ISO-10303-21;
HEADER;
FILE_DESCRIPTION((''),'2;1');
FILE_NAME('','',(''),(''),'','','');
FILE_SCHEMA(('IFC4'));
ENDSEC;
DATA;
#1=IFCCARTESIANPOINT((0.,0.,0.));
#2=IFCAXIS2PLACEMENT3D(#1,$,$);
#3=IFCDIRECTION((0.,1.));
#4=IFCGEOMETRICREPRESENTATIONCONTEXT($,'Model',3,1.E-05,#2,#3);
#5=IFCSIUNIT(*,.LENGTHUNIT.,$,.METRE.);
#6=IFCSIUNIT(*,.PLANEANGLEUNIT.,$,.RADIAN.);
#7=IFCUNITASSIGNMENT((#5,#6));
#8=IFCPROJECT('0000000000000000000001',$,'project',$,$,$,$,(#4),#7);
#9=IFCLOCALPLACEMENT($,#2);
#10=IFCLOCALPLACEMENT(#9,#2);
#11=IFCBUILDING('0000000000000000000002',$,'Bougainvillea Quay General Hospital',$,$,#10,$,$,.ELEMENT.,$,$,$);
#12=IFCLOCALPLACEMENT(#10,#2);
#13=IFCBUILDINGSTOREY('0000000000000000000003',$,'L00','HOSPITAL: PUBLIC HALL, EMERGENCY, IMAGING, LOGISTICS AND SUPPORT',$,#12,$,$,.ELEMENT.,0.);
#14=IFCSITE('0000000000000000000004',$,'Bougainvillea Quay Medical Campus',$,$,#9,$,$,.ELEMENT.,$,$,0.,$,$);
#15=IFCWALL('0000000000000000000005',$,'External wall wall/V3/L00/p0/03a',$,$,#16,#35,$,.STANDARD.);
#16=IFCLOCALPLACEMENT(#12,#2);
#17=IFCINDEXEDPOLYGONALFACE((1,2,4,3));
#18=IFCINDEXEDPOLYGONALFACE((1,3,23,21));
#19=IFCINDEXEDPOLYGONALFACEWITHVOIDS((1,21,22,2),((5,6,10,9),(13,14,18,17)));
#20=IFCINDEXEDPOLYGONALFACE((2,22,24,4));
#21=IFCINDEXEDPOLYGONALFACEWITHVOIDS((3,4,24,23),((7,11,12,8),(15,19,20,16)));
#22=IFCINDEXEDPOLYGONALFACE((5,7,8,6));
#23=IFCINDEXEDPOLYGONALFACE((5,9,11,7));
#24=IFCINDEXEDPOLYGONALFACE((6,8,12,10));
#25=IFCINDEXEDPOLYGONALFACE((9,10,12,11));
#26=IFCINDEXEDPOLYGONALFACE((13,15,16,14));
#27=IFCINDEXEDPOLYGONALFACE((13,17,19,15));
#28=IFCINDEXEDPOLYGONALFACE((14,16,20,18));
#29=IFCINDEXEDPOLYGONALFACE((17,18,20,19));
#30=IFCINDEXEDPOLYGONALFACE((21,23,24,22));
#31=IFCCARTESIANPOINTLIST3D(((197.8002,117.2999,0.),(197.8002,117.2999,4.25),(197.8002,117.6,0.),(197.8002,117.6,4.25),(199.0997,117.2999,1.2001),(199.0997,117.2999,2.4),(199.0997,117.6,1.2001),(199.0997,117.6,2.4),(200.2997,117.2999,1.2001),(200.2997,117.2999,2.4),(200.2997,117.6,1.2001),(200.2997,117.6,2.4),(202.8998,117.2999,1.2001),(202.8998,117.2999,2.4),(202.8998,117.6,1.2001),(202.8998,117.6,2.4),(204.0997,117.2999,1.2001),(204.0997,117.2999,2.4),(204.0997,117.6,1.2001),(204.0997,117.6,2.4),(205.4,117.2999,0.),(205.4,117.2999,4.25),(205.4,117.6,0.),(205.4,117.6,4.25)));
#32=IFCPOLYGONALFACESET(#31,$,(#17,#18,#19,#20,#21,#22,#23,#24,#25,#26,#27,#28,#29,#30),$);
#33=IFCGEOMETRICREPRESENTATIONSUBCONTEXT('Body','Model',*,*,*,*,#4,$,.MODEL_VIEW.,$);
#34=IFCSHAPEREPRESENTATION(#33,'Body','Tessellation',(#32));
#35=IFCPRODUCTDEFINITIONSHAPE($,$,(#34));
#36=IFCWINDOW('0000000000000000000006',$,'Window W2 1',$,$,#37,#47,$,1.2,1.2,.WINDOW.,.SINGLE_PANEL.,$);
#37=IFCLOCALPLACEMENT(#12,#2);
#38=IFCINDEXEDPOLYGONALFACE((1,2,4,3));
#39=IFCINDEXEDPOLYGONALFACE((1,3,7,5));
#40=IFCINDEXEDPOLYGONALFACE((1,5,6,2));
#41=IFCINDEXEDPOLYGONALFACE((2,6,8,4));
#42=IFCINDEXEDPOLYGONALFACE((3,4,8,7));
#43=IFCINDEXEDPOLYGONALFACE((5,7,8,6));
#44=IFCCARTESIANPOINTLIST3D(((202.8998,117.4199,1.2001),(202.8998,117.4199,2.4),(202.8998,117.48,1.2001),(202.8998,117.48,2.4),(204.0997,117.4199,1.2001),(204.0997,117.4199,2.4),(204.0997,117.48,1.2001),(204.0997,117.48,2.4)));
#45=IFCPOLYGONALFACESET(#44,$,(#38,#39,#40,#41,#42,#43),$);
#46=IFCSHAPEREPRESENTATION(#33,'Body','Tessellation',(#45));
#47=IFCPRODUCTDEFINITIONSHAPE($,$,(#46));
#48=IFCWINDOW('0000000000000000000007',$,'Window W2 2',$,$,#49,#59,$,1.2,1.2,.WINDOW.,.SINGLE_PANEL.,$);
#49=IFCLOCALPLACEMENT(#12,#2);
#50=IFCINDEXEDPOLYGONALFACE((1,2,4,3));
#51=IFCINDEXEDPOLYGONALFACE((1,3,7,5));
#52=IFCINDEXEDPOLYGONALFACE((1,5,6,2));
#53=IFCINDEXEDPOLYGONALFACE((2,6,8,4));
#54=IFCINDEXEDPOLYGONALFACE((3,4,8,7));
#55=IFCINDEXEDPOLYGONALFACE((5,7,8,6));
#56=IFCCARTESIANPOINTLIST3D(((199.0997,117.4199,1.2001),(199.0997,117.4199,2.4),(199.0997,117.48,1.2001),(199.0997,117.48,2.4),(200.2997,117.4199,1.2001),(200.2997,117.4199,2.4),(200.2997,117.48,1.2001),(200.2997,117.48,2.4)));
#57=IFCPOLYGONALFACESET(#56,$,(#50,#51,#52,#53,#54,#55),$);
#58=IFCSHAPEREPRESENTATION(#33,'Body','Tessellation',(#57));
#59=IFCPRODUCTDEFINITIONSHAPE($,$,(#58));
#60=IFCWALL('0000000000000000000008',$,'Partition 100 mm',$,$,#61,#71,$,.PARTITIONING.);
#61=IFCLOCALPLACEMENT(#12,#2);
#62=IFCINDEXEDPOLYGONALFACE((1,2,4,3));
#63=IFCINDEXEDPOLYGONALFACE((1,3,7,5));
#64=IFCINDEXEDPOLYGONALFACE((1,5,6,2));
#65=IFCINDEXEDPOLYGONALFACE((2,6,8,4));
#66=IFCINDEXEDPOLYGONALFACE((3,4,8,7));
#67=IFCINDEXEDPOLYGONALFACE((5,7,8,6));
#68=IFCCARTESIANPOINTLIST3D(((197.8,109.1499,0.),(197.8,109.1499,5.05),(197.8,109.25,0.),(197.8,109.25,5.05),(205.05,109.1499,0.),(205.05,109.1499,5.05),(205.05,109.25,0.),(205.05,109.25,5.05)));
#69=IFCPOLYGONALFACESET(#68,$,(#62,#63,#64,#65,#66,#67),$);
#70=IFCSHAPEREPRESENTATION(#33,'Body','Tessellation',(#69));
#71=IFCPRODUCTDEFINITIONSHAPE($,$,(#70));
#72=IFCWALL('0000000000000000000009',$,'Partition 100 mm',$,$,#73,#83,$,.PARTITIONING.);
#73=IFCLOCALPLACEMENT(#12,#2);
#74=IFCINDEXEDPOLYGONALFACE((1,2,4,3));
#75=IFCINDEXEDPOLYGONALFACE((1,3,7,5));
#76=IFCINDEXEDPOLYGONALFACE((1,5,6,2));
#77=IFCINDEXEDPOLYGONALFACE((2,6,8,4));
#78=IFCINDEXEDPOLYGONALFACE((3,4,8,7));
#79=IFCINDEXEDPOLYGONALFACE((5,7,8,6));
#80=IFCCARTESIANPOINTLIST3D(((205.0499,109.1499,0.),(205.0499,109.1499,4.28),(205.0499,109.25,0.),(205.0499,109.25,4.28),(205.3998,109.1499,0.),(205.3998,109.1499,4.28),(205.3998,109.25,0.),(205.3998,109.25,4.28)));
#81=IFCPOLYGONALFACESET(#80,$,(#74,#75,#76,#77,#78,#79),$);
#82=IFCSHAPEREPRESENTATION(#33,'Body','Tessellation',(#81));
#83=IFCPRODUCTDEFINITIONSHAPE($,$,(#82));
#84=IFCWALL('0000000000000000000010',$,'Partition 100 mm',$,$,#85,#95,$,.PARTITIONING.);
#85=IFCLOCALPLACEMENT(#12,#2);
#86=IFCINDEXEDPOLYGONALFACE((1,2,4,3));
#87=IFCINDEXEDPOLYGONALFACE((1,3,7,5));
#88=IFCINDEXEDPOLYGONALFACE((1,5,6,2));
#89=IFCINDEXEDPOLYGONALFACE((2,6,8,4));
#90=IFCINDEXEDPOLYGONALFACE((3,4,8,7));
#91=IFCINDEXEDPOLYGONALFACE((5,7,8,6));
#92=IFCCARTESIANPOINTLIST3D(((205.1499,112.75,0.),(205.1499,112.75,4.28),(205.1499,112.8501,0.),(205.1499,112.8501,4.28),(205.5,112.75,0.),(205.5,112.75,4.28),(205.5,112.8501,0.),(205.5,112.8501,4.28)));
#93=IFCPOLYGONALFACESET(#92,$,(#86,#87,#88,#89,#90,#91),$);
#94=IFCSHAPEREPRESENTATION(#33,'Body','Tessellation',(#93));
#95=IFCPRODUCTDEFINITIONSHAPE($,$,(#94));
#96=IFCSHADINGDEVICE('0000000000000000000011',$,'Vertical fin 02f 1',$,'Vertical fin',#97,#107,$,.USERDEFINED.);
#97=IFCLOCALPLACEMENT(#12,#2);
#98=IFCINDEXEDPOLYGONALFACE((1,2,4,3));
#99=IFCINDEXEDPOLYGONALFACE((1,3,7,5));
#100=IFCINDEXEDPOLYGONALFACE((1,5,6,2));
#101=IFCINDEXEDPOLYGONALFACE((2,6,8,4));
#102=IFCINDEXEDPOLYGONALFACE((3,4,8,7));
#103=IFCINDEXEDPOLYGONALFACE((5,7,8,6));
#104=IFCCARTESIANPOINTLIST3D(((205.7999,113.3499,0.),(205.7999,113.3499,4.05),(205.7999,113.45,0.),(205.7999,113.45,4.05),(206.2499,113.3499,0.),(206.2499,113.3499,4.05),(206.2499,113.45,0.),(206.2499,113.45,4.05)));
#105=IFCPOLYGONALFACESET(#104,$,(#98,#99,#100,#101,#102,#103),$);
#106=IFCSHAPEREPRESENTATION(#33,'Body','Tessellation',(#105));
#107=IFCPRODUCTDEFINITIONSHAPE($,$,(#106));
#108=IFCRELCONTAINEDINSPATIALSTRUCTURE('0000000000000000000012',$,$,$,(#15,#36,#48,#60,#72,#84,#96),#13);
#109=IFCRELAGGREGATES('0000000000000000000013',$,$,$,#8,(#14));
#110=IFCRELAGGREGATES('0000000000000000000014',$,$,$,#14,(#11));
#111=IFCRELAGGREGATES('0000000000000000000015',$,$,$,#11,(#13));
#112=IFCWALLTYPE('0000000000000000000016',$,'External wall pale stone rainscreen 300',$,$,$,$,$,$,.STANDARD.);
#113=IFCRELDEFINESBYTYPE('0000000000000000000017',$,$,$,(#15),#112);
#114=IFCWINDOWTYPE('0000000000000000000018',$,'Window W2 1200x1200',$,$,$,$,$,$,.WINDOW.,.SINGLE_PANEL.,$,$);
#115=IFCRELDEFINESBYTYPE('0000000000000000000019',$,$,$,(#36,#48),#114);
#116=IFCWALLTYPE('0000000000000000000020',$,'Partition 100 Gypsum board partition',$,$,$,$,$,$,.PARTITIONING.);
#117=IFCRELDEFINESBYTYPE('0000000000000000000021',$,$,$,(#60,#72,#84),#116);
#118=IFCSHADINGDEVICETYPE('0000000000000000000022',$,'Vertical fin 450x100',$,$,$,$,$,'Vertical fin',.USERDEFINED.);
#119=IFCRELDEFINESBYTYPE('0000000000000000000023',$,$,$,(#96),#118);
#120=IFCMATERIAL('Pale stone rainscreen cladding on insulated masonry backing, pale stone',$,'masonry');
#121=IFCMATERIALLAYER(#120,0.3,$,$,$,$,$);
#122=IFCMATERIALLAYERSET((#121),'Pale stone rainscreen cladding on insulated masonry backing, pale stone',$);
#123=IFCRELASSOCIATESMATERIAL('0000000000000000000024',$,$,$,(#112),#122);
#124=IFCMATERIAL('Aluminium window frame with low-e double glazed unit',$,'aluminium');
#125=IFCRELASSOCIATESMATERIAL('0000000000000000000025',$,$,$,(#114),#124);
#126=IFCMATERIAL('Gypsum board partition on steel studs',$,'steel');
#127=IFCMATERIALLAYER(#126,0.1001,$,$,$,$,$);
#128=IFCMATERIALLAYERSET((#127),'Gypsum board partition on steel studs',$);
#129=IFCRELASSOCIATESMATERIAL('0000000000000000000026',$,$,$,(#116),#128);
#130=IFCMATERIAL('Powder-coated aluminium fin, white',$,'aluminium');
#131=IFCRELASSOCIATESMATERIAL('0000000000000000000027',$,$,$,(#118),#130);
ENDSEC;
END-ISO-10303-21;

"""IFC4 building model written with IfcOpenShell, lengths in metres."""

from ifc_helpers import new_model, si_unit, direction, frame, frame_2d, origin, origin_2d, place, context, subcontext, project, spatial, rectangle, extrude, material, layer, layer_set, material_profile, profile_set, type_object, element, fill, save


model = new_model("IFC4")

# Units and contexts
model_context = context("Model", 3, precision=1e-05, world=origin(), true_north=direction((0.0, 1.0)))
body_context = subcontext(model_context, "Body", "Model", "MODEL_VIEW")
ifc_project = project(units=[si_unit("LENGTHUNIT", "METRE"), si_unit("PLANEANGLEUNIT", "RADIAN")], contexts=[model_context])

# Site, building, storey
site_placement = place(None, origin())
site = spatial("IfcSite", under=ifc_project, at=site_placement, Name="Bougainvillea Quay Medical Campus", CompositionType="ELEMENT", RefElevation=0.0)
building_placement = place(site_placement, origin())
building = spatial("IfcBuilding", under=site, at=building_placement, Name="Bougainvillea Quay General Hospital", CompositionType="ELEMENT")
storey_placement = place(building_placement, origin())
storey = spatial("IfcBuildingStorey", under=building, at=storey_placement, Name="L00", Description="HOSPITAL: PUBLIC HALL, EMERGENCY, IMAGING, LOGISTICS AND SUPPORT", CompositionType="ELEMENT", Elevation=0.0)

# Wall, openings, windows
ifc_material_1 = material(Name="Pale stone rainscreen cladding on insulated masonry backing, pale stone", Category="masonry")
ifc_layer_1 = layer(ifc_material_1, 0.3)
ifc_layer_set_1 = layer_set([ifc_layer_1], Name="Pale stone rainscreen cladding on insulated masonry backing, pale stone")
wall_type_1 = type_object("IfcWallType", Name="External wall pale stone rainscreen 300", PredefinedType="STANDARD", material=ifc_layer_set_1)
ifc_material_2 = material(Name="Aluminium window frame with low-e double glazed unit", Category="aluminium")
window_type = type_object("IfcWindowType", Name="Window W2 1200x1200", PartitioningType="SINGLE_PANEL", PredefinedType="WINDOW", material=ifc_material_2)
wall_1_placement = place(storey_placement, frame((205.3999, 117.45, 0.0), z_axis=(0.0, 0.0, 1.0), x_axis=(-1.0, 0.0, 0.0)))
wall_1 = element("IfcWall", 1, at=wall_1_placement, inside=storey, type_object=wall_type_1, Name="External wall wall/V3/L00/p0/03a", PredefinedType="STANDARD", context=body_context, shape_type="SweptSolid", body=[
    extrude(rectangle(XDim=7.5999, YDim=0.3, at=frame_2d((3.7998, 0.0))), origin(), (0.0, 0.0, 1.0), 4.25),
])
opening_1_placement = place(wall_1_placement, frame((1.3, 0.0, 1.2)))
opening_1 = element("IfcOpeningElement", 2, at=opening_1_placement, cuts=wall_1, PredefinedType="OPENING", context=body_context, shape_type="SweptSolid", body=[
    extrude(rectangle(XDim=1.2, YDim=1.2, at=frame_2d((0.6001, 0.6001))), frame((0.0, 0.1599, 0.0), z_axis=(0.0, -1.0, 0.0), x_axis=(1.0, 0.0, 0.0)), (0.0, 0.0, 1.0), 0.3201),
])
opening_2_placement = place(wall_1_placement, frame((5.1001, 0.0, 1.2)))
opening_2 = element("IfcOpeningElement", 3, at=opening_2_placement, cuts=wall_1, PredefinedType="OPENING", context=body_context, shape_type="SweptSolid", body=[
    extrude(rectangle(XDim=1.2, YDim=1.2, at=frame_2d((0.6001, 0.6001))), frame((0.0, 0.1599, 0.0), z_axis=(0.0, -1.0, 0.0), x_axis=(1.0, 0.0, 0.0)), (0.0, 0.0, 1.0), 0.3201),
])
window_1_placement = place(opening_1_placement, origin())
window_1 = element("IfcWindow", 4, at=window_1_placement, inside=storey, type_object=window_type, Name="Window W2 1", OverallHeight=1.2, OverallWidth=1.2, PartitioningType="SINGLE_PANEL", PredefinedType="WINDOW", context=body_context, shape_type="SweptSolid", body=[
    extrude(rectangle(XDim=1.2, YDim=1.2, at=frame_2d((0.6001, 0.6001))), frame((0.0, 0.03, 0.0), z_axis=(0.0, -1.0, 0.0), x_axis=(1.0, 0.0, 0.0)), (0.0, 0.0, 1.0), 0.0601),
])
fill(opening_1, window_1)
window_2_placement = place(opening_2_placement, origin())
window_2 = element("IfcWindow", 5, at=window_2_placement, inside=storey, type_object=window_type, Name="Window W2 2", OverallHeight=1.2, OverallWidth=1.2, PartitioningType="SINGLE_PANEL", PredefinedType="WINDOW", context=body_context, shape_type="SweptSolid", body=[
    extrude(rectangle(XDim=1.2, YDim=1.2, at=frame_2d((0.6001, 0.6001))), frame((0.0, 0.03, 0.0), z_axis=(0.0, -1.0, 0.0), x_axis=(1.0, 0.0, 0.0)), (0.0, 0.0, 1.0), 0.0601),
])
fill(opening_2, window_2)

# Walls
ifc_material_3 = material(Name="Gypsum board partition on steel studs", Category="steel")
ifc_layer_2 = layer(ifc_material_3, 0.1001)
ifc_layer_set_2 = layer_set([ifc_layer_2], Name="Gypsum board partition on steel studs")
wall_type_2 = type_object("IfcWallType", Name="Partition 100 Gypsum board partition", PredefinedType="PARTITIONING", material=ifc_layer_set_2)
wall_2_placement = place(storey_placement, frame((197.8, 109.2, 0.0), z_axis=(0.0, 0.0, 1.0), x_axis=(1.0, 0.0, 0.0)))
element("IfcWall", 6, at=wall_2_placement, inside=storey, type_object=wall_type_2, Name="Partition 100 mm", PredefinedType="PARTITIONING", context=body_context, shape_type="SweptSolid", body=[
    extrude(rectangle(XDim=7.25, YDim=0.1001, at=frame_2d((3.625, 0.0))), origin(), (0.0, 0.0, 1.0), 5.05),
])
wall_3_placement = place(storey_placement, frame((205.05, 109.2, 0.0), z_axis=(0.0, 0.0, 1.0), x_axis=(1.0, 0.0, 0.0)))
element("IfcWall", 7, at=wall_3_placement, inside=storey, type_object=wall_type_2, Name="Partition 100 mm", PredefinedType="PARTITIONING", context=body_context, shape_type="SweptSolid", body=[
    extrude(rectangle(XDim=0.3499, YDim=0.1001, at=frame_2d((0.1748, 0.0))), origin(), (0.0, 0.0, 1.0), 4.28),
])
wall_4_placement = place(storey_placement, frame((205.1499, 112.8, 0.0), z_axis=(0.0, 0.0, 1.0), x_axis=(1.0, 0.0, 0.0)))
element("IfcWall", 8, at=wall_4_placement, inside=storey, type_object=wall_type_2, Name="Partition 100 mm", PredefinedType="PARTITIONING", context=body_context, shape_type="SweptSolid", body=[
    extrude(rectangle(XDim=0.3501, YDim=0.1001, at=frame_2d((0.175, 0.0))), origin(), (0.0, 0.0, 1.0), 4.28),
])

# Shading device
ifc_material_4 = material(Name="Powder-coated aluminium fin, white", Category="aluminium")
ifc_material_profile_1 = material_profile(ifc_material_4, rectangle(XDim=0.45, YDim=0.1001, at=origin_2d()))
ifc_profile_set_1 = profile_set([ifc_material_profile_1], Name="Powder-coated aluminium fin, white")
shading_device_type = type_object("IfcShadingDeviceType", Name="Vertical fin 450x100", ElementType="Vertical fin", PredefinedType="USERDEFINED", material=ifc_profile_set_1)
shading_device_placement = place(storey_placement, frame((206.0249, 113.3999, 0.0), z_axis=(0.0, 0.0, 1.0), x_axis=(1.0, 0.0, 0.0)))
element("IfcShadingDevice", 9, at=shading_device_placement, inside=storey, type_object=shading_device_type, Name="Vertical fin 02f 1", ObjectType="Vertical fin", PredefinedType="USERDEFINED", context=body_context, shape_type="SweptSolid", body=[
    extrude(rectangle(XDim=0.45, YDim=0.1001, at=origin_2d()), origin(), (0.0, 0.0, 1.0), 4.05),
])

save(model, "model.ifc")
